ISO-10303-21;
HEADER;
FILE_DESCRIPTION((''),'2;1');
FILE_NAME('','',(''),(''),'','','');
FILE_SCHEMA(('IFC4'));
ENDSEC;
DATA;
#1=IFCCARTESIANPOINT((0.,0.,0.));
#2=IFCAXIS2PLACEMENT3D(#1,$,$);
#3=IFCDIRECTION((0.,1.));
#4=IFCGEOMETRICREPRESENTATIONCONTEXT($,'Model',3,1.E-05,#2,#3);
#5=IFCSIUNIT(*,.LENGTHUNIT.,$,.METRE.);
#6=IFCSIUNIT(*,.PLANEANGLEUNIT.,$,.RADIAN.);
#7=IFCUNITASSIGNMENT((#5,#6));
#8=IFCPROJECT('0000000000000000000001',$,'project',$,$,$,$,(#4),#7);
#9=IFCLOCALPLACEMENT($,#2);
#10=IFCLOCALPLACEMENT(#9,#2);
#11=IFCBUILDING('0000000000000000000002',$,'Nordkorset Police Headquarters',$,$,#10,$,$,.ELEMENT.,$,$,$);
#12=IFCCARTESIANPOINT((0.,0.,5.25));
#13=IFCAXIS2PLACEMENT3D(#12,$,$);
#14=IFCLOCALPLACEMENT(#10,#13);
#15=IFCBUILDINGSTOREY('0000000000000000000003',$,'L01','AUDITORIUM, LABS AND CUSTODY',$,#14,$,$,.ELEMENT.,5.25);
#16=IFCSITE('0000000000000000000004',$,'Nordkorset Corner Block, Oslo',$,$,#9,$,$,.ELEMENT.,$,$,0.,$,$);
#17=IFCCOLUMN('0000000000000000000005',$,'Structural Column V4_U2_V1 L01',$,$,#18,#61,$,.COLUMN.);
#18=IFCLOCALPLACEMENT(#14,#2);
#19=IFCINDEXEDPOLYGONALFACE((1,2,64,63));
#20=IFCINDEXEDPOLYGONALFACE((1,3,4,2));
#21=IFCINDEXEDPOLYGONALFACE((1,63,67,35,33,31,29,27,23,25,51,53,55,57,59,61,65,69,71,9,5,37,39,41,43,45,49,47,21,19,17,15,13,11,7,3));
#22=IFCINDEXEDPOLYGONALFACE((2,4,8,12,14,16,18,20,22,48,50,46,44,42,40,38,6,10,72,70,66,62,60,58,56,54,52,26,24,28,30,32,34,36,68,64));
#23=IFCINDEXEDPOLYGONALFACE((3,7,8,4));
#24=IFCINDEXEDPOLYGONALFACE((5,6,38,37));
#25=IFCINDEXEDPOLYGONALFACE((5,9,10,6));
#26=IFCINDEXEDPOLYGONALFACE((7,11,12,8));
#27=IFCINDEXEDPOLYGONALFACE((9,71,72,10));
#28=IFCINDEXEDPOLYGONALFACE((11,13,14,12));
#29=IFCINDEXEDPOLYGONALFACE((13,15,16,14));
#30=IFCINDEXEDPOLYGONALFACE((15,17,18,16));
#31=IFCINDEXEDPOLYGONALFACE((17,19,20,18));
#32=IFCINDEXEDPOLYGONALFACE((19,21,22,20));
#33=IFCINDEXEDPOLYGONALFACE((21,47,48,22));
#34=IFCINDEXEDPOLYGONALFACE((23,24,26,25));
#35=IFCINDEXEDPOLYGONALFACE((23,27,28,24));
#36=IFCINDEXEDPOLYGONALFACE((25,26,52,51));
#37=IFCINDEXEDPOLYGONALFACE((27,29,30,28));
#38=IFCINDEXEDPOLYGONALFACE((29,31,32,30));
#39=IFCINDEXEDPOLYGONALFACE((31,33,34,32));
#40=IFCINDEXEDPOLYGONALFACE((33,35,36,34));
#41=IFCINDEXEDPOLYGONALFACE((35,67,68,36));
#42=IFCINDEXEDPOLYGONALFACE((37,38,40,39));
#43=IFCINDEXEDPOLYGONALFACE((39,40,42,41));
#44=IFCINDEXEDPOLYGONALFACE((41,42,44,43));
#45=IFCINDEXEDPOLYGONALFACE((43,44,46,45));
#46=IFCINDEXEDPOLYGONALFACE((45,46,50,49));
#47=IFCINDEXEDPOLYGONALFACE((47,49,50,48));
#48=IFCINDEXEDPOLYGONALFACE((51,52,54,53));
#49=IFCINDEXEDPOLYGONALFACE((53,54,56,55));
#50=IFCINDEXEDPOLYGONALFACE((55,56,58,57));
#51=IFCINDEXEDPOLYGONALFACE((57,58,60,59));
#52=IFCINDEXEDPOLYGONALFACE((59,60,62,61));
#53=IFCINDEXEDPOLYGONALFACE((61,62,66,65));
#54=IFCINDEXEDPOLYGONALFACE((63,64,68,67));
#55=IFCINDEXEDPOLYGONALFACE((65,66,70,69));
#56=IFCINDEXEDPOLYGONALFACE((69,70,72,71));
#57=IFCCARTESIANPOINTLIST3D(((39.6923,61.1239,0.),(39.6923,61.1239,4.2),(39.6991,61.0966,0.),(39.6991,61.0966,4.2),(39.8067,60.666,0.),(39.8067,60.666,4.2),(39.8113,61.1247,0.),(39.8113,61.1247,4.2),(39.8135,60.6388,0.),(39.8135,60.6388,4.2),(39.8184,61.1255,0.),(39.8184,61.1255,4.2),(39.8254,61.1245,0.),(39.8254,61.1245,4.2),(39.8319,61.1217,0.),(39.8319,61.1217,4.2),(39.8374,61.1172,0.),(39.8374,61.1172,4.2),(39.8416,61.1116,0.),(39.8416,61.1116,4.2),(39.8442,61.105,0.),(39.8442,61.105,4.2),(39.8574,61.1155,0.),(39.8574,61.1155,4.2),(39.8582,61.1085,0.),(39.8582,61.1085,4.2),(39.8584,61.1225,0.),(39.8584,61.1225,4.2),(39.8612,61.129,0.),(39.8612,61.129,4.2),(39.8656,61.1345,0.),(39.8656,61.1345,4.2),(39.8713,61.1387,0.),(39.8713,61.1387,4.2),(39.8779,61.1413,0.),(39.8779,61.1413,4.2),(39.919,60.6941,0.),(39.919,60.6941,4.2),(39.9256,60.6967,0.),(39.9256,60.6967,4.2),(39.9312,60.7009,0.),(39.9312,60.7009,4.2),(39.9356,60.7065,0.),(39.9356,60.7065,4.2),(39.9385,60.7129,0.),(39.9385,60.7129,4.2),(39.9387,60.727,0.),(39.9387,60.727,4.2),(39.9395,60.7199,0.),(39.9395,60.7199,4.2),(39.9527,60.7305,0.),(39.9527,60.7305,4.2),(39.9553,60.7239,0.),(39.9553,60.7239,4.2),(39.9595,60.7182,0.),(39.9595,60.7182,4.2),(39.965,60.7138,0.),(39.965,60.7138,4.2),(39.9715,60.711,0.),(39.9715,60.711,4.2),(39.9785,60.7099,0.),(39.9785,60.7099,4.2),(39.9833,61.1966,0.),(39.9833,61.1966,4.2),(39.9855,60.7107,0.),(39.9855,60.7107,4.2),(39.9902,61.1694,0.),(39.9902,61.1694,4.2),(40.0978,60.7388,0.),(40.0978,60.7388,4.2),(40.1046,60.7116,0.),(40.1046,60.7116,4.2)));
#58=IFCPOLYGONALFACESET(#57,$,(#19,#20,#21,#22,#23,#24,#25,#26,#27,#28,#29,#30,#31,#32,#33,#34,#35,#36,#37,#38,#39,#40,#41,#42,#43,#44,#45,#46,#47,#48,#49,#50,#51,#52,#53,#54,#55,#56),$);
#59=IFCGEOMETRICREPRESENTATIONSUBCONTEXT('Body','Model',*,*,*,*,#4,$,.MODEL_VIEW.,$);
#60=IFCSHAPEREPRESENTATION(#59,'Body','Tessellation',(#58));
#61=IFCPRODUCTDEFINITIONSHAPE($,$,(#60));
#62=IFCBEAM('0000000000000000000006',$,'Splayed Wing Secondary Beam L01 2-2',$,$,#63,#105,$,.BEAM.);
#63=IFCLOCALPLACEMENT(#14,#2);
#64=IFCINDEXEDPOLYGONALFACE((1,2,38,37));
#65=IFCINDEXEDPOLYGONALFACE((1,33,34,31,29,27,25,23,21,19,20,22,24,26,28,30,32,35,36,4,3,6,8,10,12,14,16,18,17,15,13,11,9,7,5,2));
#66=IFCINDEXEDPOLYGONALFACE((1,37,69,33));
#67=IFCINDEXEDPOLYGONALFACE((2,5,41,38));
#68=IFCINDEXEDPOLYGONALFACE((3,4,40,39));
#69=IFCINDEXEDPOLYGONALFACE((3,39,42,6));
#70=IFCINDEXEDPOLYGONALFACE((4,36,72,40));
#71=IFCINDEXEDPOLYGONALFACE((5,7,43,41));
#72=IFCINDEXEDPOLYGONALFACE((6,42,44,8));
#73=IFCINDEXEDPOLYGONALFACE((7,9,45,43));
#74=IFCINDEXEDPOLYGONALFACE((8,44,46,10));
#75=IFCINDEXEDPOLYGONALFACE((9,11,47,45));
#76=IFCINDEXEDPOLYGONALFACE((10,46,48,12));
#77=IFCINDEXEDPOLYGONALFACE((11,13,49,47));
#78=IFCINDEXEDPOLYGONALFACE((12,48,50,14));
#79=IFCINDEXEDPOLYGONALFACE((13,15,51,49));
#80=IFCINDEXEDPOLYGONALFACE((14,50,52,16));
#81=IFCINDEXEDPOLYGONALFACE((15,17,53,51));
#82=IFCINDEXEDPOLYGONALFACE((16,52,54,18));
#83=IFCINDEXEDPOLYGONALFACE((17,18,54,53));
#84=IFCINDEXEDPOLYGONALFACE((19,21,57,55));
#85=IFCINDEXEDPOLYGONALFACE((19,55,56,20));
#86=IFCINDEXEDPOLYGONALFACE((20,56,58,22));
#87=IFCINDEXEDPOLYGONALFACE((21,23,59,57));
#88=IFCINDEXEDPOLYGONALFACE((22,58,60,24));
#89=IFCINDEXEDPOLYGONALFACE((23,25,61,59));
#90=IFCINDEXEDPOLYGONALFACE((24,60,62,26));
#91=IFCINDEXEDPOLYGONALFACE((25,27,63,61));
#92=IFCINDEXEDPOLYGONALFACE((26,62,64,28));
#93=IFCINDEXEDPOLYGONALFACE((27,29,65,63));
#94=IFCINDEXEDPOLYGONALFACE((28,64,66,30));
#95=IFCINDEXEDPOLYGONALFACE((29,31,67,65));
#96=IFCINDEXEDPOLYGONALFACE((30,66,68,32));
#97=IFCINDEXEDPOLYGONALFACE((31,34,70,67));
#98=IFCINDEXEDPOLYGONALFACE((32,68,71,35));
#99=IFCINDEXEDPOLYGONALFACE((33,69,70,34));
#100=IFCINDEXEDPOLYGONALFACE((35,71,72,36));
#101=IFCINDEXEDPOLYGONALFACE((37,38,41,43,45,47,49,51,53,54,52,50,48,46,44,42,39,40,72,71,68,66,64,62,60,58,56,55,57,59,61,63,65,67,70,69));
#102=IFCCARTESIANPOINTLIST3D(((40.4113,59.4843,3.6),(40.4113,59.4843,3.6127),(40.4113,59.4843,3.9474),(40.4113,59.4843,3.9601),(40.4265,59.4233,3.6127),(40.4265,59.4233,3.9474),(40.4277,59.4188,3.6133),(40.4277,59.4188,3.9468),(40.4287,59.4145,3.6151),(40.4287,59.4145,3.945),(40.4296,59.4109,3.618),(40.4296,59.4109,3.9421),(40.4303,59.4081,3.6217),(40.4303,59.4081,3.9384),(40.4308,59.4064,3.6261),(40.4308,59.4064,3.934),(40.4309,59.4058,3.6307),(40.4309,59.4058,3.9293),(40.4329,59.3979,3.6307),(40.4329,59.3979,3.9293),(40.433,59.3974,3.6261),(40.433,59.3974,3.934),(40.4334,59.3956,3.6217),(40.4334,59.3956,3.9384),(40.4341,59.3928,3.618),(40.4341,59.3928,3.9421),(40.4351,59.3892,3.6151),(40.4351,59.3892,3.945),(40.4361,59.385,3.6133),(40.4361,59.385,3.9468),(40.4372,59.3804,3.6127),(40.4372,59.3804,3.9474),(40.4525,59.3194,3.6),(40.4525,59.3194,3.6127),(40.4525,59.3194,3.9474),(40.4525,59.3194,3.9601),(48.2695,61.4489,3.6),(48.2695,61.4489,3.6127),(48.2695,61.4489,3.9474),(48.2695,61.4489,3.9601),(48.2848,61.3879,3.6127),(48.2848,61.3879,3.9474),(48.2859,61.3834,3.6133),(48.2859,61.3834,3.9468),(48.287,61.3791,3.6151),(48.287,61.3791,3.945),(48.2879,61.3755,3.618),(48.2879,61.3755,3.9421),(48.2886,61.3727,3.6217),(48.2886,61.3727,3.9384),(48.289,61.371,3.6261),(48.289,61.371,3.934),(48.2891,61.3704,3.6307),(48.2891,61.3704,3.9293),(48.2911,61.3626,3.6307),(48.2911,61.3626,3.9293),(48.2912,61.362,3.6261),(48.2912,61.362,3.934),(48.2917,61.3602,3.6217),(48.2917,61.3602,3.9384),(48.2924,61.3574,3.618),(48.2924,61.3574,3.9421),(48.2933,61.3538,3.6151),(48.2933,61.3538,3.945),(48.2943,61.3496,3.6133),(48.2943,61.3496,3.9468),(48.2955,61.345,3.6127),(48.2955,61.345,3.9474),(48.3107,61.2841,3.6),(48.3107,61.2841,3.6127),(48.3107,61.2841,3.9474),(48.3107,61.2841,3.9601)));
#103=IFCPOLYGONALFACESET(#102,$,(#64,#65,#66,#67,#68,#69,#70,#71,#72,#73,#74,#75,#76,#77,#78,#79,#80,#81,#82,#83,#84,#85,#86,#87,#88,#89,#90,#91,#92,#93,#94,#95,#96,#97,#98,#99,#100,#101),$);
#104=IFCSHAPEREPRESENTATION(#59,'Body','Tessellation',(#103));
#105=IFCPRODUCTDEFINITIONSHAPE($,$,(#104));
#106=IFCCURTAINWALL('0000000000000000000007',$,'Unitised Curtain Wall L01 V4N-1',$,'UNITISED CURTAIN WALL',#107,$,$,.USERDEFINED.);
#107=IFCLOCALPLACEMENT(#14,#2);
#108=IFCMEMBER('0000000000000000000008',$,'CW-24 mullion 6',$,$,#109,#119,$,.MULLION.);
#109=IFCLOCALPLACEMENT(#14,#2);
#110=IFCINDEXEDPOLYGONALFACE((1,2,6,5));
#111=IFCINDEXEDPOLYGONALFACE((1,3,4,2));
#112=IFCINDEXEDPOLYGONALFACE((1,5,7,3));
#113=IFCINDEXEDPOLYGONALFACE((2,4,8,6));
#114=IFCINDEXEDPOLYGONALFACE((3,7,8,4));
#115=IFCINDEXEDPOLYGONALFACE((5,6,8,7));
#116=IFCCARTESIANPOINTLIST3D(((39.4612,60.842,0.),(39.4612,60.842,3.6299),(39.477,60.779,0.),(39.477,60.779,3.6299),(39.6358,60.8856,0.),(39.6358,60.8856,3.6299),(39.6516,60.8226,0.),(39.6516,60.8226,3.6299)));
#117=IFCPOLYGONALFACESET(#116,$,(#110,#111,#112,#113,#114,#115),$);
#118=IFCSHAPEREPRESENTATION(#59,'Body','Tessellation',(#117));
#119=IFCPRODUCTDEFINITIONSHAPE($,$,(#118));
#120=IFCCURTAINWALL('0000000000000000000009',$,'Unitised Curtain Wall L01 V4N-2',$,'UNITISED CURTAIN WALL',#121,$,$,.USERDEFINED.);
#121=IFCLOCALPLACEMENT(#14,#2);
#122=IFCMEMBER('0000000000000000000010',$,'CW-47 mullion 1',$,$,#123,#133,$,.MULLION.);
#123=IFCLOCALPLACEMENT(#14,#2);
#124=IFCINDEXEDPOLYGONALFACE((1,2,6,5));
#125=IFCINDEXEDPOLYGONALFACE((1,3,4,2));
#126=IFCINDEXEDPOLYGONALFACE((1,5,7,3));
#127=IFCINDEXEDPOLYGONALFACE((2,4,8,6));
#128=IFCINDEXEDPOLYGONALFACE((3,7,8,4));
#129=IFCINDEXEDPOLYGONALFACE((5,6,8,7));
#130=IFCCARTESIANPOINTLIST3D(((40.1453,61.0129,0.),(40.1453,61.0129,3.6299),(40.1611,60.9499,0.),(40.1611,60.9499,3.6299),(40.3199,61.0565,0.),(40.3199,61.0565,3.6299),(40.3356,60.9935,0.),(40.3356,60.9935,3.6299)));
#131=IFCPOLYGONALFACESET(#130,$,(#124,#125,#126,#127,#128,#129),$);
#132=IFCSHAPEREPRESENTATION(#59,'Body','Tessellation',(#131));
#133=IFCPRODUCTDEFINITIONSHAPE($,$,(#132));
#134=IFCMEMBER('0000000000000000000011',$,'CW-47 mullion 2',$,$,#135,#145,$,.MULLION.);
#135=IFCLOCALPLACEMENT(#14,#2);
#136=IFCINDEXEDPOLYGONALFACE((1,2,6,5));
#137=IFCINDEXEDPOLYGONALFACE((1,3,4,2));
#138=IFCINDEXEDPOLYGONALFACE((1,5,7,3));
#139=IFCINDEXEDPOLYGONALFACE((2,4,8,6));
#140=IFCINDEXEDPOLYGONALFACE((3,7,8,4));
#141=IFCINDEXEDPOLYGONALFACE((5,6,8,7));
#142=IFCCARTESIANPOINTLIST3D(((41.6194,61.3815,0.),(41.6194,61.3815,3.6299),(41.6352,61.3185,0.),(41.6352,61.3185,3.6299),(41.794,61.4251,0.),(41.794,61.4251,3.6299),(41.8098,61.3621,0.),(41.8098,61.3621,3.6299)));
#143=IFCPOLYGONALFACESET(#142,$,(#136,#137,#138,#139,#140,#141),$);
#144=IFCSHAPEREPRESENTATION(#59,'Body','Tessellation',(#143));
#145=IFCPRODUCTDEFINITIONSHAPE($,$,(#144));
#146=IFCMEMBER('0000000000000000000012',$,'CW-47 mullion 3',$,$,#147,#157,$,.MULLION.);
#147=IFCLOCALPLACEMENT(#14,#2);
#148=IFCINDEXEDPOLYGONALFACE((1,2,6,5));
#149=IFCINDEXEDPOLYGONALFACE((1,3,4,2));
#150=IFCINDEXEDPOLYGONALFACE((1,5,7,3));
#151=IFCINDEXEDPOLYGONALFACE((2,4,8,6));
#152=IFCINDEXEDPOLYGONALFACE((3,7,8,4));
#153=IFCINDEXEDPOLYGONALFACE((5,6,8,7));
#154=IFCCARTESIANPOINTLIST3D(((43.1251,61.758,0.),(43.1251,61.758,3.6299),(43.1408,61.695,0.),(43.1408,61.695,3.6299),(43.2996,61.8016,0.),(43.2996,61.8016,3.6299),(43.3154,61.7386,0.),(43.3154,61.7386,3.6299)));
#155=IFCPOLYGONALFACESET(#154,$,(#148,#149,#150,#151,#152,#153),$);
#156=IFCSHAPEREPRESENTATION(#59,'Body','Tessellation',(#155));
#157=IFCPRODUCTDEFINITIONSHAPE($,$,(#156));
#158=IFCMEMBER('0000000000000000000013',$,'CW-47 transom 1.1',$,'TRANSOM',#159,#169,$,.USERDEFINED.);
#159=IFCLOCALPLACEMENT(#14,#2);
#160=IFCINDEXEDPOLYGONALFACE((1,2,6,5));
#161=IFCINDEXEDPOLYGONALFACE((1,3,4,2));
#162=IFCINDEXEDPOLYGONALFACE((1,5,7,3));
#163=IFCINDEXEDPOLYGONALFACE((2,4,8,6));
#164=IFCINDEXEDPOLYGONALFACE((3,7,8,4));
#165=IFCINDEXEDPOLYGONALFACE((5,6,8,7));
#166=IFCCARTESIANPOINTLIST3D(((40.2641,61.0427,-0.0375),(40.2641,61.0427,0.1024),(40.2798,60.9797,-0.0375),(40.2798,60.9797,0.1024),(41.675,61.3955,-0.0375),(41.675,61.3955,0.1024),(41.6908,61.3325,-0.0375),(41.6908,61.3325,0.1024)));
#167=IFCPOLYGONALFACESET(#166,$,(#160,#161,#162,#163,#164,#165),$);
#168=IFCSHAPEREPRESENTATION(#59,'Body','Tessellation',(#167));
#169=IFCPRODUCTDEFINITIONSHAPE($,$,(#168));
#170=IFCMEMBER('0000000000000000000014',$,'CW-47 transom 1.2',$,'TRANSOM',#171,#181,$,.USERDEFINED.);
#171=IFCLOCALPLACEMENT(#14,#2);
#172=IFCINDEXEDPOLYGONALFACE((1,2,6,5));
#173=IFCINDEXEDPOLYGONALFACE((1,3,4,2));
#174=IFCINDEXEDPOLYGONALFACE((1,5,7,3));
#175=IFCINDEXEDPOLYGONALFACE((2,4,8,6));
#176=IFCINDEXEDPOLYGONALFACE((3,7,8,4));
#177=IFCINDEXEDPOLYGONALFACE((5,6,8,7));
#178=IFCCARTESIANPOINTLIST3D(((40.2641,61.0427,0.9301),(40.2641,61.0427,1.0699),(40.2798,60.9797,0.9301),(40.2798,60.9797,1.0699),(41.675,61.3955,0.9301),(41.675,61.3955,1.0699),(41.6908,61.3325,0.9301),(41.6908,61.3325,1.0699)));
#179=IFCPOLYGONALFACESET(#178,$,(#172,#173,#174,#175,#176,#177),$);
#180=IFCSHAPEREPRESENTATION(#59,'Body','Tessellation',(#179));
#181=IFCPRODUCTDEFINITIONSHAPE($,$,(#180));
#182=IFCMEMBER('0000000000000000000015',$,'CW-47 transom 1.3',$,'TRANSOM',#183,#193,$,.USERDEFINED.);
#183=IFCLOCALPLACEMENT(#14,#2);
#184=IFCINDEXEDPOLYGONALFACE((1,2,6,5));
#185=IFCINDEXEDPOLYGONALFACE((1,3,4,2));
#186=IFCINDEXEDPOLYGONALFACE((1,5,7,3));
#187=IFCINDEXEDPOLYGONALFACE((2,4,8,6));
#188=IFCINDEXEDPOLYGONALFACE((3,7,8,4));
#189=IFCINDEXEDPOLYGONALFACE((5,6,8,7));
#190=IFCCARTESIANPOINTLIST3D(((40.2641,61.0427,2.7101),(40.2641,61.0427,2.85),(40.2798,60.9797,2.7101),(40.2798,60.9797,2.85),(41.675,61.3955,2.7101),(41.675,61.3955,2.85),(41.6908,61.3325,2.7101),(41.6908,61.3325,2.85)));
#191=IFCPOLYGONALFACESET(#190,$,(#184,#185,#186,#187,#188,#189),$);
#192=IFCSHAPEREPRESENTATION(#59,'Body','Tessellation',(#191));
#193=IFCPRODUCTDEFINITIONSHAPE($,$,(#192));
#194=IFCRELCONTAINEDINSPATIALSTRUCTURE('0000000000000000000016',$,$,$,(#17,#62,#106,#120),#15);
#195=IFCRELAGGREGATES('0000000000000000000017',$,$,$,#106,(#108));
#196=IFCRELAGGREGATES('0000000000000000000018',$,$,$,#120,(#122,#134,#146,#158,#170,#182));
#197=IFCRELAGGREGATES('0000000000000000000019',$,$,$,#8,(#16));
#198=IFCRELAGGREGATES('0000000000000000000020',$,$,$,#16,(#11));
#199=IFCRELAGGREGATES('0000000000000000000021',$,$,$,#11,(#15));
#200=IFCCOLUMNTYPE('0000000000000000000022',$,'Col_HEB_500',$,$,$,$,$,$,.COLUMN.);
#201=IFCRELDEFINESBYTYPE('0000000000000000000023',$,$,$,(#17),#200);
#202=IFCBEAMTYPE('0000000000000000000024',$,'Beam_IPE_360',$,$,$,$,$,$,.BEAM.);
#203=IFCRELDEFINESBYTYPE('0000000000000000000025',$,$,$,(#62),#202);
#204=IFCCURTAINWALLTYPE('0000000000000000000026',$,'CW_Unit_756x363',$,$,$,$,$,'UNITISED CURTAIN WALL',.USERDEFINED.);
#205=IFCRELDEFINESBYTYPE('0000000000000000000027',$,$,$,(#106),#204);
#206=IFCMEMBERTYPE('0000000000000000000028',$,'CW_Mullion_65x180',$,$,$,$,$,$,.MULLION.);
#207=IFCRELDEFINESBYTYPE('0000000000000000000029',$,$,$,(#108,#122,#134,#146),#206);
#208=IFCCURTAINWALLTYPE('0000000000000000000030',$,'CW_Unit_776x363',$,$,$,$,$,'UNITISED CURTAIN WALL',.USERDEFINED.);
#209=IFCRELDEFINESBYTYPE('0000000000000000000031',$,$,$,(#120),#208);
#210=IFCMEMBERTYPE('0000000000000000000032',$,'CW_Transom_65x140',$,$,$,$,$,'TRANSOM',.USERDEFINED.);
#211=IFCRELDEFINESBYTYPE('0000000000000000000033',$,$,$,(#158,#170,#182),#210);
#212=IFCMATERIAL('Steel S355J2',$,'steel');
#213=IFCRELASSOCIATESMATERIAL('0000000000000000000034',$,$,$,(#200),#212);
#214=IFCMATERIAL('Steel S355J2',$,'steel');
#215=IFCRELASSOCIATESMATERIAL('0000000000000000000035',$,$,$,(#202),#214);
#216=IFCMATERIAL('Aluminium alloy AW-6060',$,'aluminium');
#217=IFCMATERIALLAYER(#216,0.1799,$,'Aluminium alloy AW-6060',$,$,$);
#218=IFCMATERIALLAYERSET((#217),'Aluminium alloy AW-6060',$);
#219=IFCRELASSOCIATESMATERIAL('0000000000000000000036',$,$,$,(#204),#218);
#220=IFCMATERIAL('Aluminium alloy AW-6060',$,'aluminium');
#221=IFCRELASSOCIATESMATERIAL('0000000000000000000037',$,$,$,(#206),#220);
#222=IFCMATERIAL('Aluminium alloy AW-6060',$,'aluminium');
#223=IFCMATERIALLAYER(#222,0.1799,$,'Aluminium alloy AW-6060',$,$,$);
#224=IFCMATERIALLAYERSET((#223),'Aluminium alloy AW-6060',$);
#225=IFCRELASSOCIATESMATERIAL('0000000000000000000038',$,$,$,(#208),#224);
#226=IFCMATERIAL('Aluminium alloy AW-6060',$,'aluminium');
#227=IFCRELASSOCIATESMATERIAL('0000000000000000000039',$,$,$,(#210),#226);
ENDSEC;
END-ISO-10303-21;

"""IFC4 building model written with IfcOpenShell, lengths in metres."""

from ifc_helpers import new_model, si_unit, direction, frame, origin, origin_2d, place, context, subcontext, project, spatial, rectangle, i_section, extrude, material, layer, layer_set, material_profile, profile_set, type_object, element, aggregate, save


model = new_model("IFC4")

# Units and contexts
model_context = context("Model", 3, precision=1e-05, world=origin(), true_north=direction((0.0, 1.0)))
body_context = subcontext(model_context, "Body", "Model", "MODEL_VIEW")
ifc_project = project(units=[si_unit("LENGTHUNIT", "METRE"), si_unit("PLANEANGLEUNIT", "RADIAN")], contexts=[model_context])

# Site, building, storey
site_placement = place(None, origin())
site = spatial("IfcSite", under=ifc_project, at=site_placement, Name="Nordkorset Corner Block, Oslo", CompositionType="ELEMENT", RefElevation=0.0)
building_placement = place(site_placement, origin())
building = spatial("IfcBuilding", under=site, at=building_placement, Name="Nordkorset Police Headquarters", CompositionType="ELEMENT")
storey_placement = place(building_placement, frame((0.0, 0.0, 5.25)))
storey = spatial("IfcBuildingStorey", under=building, at=storey_placement, Name="L01", Description="AUDITORIUM, LABS AND CUSTODY", CompositionType="ELEMENT", Elevation=5.25)

# Column
ifc_material_1 = material(Name="Steel S355J2", Category="steel")
ifc_material_profile_1 = material_profile(ifc_material_1, i_section(OverallWidth=0.3, OverallDepth=0.5, WebThickness=0.0144, FlangeThickness=0.0281, FilletRadius=0.0271, at=origin_2d()), Name="HEB 500")
ifc_profile_set_1 = profile_set([ifc_material_profile_1], Name="Steel S355J2")
column_type = type_object("IfcColumnType", Name="Col_HEB_500", PredefinedType="COLUMN", material=ifc_profile_set_1)
column_placement = place(storey_placement, frame((39.8984, 60.9177, 0.0), z_axis=(0.0, 0.0, 1.0), x_axis=(0.970143, 0.242536, 0.0)))
element("IfcColumn", 1, at=column_placement, inside=storey, type_object=column_type, Name="Structural Column V4_U2_V1 L01", PredefinedType="COLUMN", context=body_context, shape_type="SweptSolid", body=[
    extrude(i_section(OverallWidth=0.3, OverallDepth=0.5, WebThickness=0.0144, FlangeThickness=0.0281, FilletRadius=0.0271, at=origin_2d()), origin(), (0.0, 0.0, 1.0), 4.2),
])

# Beam
ifc_material_2 = material(Name="Steel S355J2", Category="steel")
ifc_material_profile_2 = material_profile(ifc_material_2, i_section(OverallWidth=0.1699, OverallDepth=0.3601, WebThickness=0.0081, FlangeThickness=0.0127, FilletRadius=0.0181, at=origin_2d()), Name="IPE 360")
ifc_profile_set_2 = profile_set([ifc_material_profile_2], Name="Steel S355J2")
beam_type_1 = type_object("IfcBeamType", Name="Beam_IPE_360", PredefinedType="BEAM", material=ifc_profile_set_2)
beam_1_placement = place(storey_placement, frame((40.4319, 59.4019, 3.78), z_axis=(0.970141, 0.242543, 0.0), x_axis=(-0.242543, 0.970141, 0.0)))
element("IfcBeam", 2, at=beam_1_placement, inside=storey, type_object=beam_type_1, Name="Splayed Wing Secondary Beam L01 2-2", PredefinedType="BEAM", context=body_context, shape_type="SweptSolid", body=[
    extrude(i_section(OverallWidth=0.1699, OverallDepth=0.3601, WebThickness=0.0081, FlangeThickness=0.0127, FilletRadius=0.0181, at=origin_2d()), origin(), (0.0, 0.0, 1.0), 8.1001),
])

# Curtain wall, member
ifc_material_3 = material(Name="Aluminium alloy AW-6060", Category="aluminium")
ifc_layer_1 = layer(ifc_material_3, 0.1799, Name="Aluminium alloy AW-6060")
ifc_layer_set_1 = layer_set([ifc_layer_1], Name="Aluminium alloy AW-6060")
curtain_wall_type_1 = type_object("IfcCurtainWallType", Name="CW_Unit_756x363", ElementType="UNITISED CURTAIN WALL", PredefinedType="USERDEFINED", material=ifc_layer_set_1)
curtain_wall_1_placement = place(storey_placement, origin())
curtain_wall_1 = element("IfcCurtainWall", 3, at=curtain_wall_1_placement, inside=storey, type_object=curtain_wall_type_1, Name="Unitised Curtain Wall L01 V4N-1", ObjectType="UNITISED CURTAIN WALL", PredefinedType="USERDEFINED")
ifc_material_4 = material(Name="Aluminium alloy AW-6060", Category="aluminium")
ifc_material_profile_3 = material_profile(ifc_material_4, rectangle(XDim=0.0649, YDim=0.1799, at=origin_2d()), Name="ALU MULL 65x180")
ifc_profile_set_3 = profile_set([ifc_material_profile_3], Name="Aluminium alloy AW-6060")
member_type_1 = type_object("IfcMemberType", Name="CW_Mullion_65x180", PredefinedType="MULLION", material=ifc_profile_set_3)
member_1_placement = place(storey_placement, frame((39.5564, 60.8323, 0.0), z_axis=(0.0, 0.0, 1.0), x_axis=(-0.242536, 0.970143, 0.0)))
member_1 = element("IfcMember", 4, at=member_1_placement, type_object=member_type_1, Name="CW-24 mullion 6", PredefinedType="MULLION", context=body_context, shape_type="SweptSolid", body=[
    extrude(rectangle(XDim=0.0649, YDim=0.1799, at=origin_2d()), origin(), (0.0, 0.0, 1.0), 3.6299),
])
aggregate(curtain_wall_1, [member_1])

# Curtain wall, members
ifc_material_5 = material(Name="Aluminium alloy AW-6060", Category="aluminium")
ifc_layer_2 = layer(ifc_material_5, 0.1799, Name="Aluminium alloy AW-6060")
ifc_layer_set_2 = layer_set([ifc_layer_2], Name="Aluminium alloy AW-6060")
curtain_wall_type_2 = type_object("IfcCurtainWallType", Name="CW_Unit_776x363", ElementType="UNITISED CURTAIN WALL", PredefinedType="USERDEFINED", material=ifc_layer_set_2)
curtain_wall_2_placement = place(storey_placement, origin())
curtain_wall_2 = element("IfcCurtainWall", 5, at=curtain_wall_2_placement, inside=storey, type_object=curtain_wall_type_2, Name="Unitised Curtain Wall L01 V4N-2", ObjectType="UNITISED CURTAIN WALL", PredefinedType="USERDEFINED")
member_2_placement = place(storey_placement, frame((40.2405, 61.0032, 0.0), z_axis=(0.0, 0.0, 1.0), x_axis=(-0.242536, 0.970142, 0.0)))
member_2 = element("IfcMember", 6, at=member_2_placement, type_object=member_type_1, Name="CW-47 mullion 1", PredefinedType="MULLION", context=body_context, shape_type="SweptSolid", body=[
    extrude(rectangle(XDim=0.0649, YDim=0.1799, at=origin_2d()), origin(), (0.0, 0.0, 1.0), 3.6299),
])
member_3_placement = place(storey_placement, frame((41.7146, 61.3718, 0.0), z_axis=(0.0, 0.0, 1.0), x_axis=(-0.242536, 0.970142, 0.0)))
member_3 = element("IfcMember", 7, at=member_3_placement, type_object=member_type_1, Name="CW-47 mullion 2", PredefinedType="MULLION", context=body_context, shape_type="SweptSolid", body=[
    extrude(rectangle(XDim=0.0649, YDim=0.1799, at=origin_2d()), origin(), (0.0, 0.0, 1.0), 3.6299),
])
member_4_placement = place(storey_placement, frame((43.2202, 61.7483, 0.0), z_axis=(0.0, 0.0, 1.0), x_axis=(-0.242536, 0.970142, 0.0)))
member_4 = element("IfcMember", 8, at=member_4_placement, type_object=member_type_1, Name="CW-47 mullion 3", PredefinedType="MULLION", context=body_context, shape_type="SweptSolid", body=[
    extrude(rectangle(XDim=0.0649, YDim=0.1799, at=origin_2d()), origin(), (0.0, 0.0, 1.0), 3.6299),
])
ifc_material_6 = material(Name="Aluminium alloy AW-6060", Category="aluminium")
ifc_material_profile_4 = material_profile(ifc_material_6, rectangle(XDim=0.0649, YDim=0.1399, at=origin_2d()), Name="ALU TRAN 65x140")
ifc_profile_set_4 = profile_set([ifc_material_profile_4], Name="Aluminium alloy AW-6060")
member_type_2 = type_object("IfcMemberType", Name="CW_Transom_65x140", ElementType="TRANSOM", PredefinedType="USERDEFINED", material=ifc_profile_set_4)
member_5_placement = place(storey_placement, frame((40.272, 61.0112, 0.0325), z_axis=(0.970133, 0.242575, 0.0), x_axis=(-0.242575, 0.970133, 0.0)))
member_5 = element("IfcMember", 9, at=member_5_placement, type_object=member_type_2, Name="CW-47 transom 1.1", ObjectType="TRANSOM", PredefinedType="USERDEFINED", context=body_context, shape_type="SweptSolid", body=[
    extrude(rectangle(XDim=0.0649, YDim=0.1399, at=origin_2d()), origin(), (0.0, 0.0, 1.0), 1.4543),
])
member_6_placement = place(storey_placement, frame((40.272, 61.0112, 1.0), z_axis=(0.970133, 0.242575, 0.0), x_axis=(-0.242575, 0.970133, 0.0)))
member_6 = element("IfcMember", 10, at=member_6_placement, type_object=member_type_2, Name="CW-47 transom 1.2", ObjectType="TRANSOM", PredefinedType="USERDEFINED", context=body_context, shape_type="SweptSolid", body=[
    extrude(rectangle(XDim=0.0649, YDim=0.1399, at=origin_2d()), origin(), (0.0, 0.0, 1.0), 1.4543),
])
member_7_placement = place(storey_placement, frame((40.272, 61.0112, 2.78), z_axis=(0.970133, 0.242575, 0.0), x_axis=(-0.242575, 0.970133, 0.0)))
member_7 = element("IfcMember", 11, at=member_7_placement, type_object=member_type_2, Name="CW-47 transom 1.3", ObjectType="TRANSOM", PredefinedType="USERDEFINED", context=body_context, shape_type="SweptSolid", body=[
    extrude(rectangle(XDim=0.0649, YDim=0.1399, at=origin_2d()), origin(), (0.0, 0.0, 1.0), 1.4543),
])

aggregate(curtain_wall_2, [member_2, member_3, member_4, member_5, member_6, member_7])

save(model, "model.ifc")
